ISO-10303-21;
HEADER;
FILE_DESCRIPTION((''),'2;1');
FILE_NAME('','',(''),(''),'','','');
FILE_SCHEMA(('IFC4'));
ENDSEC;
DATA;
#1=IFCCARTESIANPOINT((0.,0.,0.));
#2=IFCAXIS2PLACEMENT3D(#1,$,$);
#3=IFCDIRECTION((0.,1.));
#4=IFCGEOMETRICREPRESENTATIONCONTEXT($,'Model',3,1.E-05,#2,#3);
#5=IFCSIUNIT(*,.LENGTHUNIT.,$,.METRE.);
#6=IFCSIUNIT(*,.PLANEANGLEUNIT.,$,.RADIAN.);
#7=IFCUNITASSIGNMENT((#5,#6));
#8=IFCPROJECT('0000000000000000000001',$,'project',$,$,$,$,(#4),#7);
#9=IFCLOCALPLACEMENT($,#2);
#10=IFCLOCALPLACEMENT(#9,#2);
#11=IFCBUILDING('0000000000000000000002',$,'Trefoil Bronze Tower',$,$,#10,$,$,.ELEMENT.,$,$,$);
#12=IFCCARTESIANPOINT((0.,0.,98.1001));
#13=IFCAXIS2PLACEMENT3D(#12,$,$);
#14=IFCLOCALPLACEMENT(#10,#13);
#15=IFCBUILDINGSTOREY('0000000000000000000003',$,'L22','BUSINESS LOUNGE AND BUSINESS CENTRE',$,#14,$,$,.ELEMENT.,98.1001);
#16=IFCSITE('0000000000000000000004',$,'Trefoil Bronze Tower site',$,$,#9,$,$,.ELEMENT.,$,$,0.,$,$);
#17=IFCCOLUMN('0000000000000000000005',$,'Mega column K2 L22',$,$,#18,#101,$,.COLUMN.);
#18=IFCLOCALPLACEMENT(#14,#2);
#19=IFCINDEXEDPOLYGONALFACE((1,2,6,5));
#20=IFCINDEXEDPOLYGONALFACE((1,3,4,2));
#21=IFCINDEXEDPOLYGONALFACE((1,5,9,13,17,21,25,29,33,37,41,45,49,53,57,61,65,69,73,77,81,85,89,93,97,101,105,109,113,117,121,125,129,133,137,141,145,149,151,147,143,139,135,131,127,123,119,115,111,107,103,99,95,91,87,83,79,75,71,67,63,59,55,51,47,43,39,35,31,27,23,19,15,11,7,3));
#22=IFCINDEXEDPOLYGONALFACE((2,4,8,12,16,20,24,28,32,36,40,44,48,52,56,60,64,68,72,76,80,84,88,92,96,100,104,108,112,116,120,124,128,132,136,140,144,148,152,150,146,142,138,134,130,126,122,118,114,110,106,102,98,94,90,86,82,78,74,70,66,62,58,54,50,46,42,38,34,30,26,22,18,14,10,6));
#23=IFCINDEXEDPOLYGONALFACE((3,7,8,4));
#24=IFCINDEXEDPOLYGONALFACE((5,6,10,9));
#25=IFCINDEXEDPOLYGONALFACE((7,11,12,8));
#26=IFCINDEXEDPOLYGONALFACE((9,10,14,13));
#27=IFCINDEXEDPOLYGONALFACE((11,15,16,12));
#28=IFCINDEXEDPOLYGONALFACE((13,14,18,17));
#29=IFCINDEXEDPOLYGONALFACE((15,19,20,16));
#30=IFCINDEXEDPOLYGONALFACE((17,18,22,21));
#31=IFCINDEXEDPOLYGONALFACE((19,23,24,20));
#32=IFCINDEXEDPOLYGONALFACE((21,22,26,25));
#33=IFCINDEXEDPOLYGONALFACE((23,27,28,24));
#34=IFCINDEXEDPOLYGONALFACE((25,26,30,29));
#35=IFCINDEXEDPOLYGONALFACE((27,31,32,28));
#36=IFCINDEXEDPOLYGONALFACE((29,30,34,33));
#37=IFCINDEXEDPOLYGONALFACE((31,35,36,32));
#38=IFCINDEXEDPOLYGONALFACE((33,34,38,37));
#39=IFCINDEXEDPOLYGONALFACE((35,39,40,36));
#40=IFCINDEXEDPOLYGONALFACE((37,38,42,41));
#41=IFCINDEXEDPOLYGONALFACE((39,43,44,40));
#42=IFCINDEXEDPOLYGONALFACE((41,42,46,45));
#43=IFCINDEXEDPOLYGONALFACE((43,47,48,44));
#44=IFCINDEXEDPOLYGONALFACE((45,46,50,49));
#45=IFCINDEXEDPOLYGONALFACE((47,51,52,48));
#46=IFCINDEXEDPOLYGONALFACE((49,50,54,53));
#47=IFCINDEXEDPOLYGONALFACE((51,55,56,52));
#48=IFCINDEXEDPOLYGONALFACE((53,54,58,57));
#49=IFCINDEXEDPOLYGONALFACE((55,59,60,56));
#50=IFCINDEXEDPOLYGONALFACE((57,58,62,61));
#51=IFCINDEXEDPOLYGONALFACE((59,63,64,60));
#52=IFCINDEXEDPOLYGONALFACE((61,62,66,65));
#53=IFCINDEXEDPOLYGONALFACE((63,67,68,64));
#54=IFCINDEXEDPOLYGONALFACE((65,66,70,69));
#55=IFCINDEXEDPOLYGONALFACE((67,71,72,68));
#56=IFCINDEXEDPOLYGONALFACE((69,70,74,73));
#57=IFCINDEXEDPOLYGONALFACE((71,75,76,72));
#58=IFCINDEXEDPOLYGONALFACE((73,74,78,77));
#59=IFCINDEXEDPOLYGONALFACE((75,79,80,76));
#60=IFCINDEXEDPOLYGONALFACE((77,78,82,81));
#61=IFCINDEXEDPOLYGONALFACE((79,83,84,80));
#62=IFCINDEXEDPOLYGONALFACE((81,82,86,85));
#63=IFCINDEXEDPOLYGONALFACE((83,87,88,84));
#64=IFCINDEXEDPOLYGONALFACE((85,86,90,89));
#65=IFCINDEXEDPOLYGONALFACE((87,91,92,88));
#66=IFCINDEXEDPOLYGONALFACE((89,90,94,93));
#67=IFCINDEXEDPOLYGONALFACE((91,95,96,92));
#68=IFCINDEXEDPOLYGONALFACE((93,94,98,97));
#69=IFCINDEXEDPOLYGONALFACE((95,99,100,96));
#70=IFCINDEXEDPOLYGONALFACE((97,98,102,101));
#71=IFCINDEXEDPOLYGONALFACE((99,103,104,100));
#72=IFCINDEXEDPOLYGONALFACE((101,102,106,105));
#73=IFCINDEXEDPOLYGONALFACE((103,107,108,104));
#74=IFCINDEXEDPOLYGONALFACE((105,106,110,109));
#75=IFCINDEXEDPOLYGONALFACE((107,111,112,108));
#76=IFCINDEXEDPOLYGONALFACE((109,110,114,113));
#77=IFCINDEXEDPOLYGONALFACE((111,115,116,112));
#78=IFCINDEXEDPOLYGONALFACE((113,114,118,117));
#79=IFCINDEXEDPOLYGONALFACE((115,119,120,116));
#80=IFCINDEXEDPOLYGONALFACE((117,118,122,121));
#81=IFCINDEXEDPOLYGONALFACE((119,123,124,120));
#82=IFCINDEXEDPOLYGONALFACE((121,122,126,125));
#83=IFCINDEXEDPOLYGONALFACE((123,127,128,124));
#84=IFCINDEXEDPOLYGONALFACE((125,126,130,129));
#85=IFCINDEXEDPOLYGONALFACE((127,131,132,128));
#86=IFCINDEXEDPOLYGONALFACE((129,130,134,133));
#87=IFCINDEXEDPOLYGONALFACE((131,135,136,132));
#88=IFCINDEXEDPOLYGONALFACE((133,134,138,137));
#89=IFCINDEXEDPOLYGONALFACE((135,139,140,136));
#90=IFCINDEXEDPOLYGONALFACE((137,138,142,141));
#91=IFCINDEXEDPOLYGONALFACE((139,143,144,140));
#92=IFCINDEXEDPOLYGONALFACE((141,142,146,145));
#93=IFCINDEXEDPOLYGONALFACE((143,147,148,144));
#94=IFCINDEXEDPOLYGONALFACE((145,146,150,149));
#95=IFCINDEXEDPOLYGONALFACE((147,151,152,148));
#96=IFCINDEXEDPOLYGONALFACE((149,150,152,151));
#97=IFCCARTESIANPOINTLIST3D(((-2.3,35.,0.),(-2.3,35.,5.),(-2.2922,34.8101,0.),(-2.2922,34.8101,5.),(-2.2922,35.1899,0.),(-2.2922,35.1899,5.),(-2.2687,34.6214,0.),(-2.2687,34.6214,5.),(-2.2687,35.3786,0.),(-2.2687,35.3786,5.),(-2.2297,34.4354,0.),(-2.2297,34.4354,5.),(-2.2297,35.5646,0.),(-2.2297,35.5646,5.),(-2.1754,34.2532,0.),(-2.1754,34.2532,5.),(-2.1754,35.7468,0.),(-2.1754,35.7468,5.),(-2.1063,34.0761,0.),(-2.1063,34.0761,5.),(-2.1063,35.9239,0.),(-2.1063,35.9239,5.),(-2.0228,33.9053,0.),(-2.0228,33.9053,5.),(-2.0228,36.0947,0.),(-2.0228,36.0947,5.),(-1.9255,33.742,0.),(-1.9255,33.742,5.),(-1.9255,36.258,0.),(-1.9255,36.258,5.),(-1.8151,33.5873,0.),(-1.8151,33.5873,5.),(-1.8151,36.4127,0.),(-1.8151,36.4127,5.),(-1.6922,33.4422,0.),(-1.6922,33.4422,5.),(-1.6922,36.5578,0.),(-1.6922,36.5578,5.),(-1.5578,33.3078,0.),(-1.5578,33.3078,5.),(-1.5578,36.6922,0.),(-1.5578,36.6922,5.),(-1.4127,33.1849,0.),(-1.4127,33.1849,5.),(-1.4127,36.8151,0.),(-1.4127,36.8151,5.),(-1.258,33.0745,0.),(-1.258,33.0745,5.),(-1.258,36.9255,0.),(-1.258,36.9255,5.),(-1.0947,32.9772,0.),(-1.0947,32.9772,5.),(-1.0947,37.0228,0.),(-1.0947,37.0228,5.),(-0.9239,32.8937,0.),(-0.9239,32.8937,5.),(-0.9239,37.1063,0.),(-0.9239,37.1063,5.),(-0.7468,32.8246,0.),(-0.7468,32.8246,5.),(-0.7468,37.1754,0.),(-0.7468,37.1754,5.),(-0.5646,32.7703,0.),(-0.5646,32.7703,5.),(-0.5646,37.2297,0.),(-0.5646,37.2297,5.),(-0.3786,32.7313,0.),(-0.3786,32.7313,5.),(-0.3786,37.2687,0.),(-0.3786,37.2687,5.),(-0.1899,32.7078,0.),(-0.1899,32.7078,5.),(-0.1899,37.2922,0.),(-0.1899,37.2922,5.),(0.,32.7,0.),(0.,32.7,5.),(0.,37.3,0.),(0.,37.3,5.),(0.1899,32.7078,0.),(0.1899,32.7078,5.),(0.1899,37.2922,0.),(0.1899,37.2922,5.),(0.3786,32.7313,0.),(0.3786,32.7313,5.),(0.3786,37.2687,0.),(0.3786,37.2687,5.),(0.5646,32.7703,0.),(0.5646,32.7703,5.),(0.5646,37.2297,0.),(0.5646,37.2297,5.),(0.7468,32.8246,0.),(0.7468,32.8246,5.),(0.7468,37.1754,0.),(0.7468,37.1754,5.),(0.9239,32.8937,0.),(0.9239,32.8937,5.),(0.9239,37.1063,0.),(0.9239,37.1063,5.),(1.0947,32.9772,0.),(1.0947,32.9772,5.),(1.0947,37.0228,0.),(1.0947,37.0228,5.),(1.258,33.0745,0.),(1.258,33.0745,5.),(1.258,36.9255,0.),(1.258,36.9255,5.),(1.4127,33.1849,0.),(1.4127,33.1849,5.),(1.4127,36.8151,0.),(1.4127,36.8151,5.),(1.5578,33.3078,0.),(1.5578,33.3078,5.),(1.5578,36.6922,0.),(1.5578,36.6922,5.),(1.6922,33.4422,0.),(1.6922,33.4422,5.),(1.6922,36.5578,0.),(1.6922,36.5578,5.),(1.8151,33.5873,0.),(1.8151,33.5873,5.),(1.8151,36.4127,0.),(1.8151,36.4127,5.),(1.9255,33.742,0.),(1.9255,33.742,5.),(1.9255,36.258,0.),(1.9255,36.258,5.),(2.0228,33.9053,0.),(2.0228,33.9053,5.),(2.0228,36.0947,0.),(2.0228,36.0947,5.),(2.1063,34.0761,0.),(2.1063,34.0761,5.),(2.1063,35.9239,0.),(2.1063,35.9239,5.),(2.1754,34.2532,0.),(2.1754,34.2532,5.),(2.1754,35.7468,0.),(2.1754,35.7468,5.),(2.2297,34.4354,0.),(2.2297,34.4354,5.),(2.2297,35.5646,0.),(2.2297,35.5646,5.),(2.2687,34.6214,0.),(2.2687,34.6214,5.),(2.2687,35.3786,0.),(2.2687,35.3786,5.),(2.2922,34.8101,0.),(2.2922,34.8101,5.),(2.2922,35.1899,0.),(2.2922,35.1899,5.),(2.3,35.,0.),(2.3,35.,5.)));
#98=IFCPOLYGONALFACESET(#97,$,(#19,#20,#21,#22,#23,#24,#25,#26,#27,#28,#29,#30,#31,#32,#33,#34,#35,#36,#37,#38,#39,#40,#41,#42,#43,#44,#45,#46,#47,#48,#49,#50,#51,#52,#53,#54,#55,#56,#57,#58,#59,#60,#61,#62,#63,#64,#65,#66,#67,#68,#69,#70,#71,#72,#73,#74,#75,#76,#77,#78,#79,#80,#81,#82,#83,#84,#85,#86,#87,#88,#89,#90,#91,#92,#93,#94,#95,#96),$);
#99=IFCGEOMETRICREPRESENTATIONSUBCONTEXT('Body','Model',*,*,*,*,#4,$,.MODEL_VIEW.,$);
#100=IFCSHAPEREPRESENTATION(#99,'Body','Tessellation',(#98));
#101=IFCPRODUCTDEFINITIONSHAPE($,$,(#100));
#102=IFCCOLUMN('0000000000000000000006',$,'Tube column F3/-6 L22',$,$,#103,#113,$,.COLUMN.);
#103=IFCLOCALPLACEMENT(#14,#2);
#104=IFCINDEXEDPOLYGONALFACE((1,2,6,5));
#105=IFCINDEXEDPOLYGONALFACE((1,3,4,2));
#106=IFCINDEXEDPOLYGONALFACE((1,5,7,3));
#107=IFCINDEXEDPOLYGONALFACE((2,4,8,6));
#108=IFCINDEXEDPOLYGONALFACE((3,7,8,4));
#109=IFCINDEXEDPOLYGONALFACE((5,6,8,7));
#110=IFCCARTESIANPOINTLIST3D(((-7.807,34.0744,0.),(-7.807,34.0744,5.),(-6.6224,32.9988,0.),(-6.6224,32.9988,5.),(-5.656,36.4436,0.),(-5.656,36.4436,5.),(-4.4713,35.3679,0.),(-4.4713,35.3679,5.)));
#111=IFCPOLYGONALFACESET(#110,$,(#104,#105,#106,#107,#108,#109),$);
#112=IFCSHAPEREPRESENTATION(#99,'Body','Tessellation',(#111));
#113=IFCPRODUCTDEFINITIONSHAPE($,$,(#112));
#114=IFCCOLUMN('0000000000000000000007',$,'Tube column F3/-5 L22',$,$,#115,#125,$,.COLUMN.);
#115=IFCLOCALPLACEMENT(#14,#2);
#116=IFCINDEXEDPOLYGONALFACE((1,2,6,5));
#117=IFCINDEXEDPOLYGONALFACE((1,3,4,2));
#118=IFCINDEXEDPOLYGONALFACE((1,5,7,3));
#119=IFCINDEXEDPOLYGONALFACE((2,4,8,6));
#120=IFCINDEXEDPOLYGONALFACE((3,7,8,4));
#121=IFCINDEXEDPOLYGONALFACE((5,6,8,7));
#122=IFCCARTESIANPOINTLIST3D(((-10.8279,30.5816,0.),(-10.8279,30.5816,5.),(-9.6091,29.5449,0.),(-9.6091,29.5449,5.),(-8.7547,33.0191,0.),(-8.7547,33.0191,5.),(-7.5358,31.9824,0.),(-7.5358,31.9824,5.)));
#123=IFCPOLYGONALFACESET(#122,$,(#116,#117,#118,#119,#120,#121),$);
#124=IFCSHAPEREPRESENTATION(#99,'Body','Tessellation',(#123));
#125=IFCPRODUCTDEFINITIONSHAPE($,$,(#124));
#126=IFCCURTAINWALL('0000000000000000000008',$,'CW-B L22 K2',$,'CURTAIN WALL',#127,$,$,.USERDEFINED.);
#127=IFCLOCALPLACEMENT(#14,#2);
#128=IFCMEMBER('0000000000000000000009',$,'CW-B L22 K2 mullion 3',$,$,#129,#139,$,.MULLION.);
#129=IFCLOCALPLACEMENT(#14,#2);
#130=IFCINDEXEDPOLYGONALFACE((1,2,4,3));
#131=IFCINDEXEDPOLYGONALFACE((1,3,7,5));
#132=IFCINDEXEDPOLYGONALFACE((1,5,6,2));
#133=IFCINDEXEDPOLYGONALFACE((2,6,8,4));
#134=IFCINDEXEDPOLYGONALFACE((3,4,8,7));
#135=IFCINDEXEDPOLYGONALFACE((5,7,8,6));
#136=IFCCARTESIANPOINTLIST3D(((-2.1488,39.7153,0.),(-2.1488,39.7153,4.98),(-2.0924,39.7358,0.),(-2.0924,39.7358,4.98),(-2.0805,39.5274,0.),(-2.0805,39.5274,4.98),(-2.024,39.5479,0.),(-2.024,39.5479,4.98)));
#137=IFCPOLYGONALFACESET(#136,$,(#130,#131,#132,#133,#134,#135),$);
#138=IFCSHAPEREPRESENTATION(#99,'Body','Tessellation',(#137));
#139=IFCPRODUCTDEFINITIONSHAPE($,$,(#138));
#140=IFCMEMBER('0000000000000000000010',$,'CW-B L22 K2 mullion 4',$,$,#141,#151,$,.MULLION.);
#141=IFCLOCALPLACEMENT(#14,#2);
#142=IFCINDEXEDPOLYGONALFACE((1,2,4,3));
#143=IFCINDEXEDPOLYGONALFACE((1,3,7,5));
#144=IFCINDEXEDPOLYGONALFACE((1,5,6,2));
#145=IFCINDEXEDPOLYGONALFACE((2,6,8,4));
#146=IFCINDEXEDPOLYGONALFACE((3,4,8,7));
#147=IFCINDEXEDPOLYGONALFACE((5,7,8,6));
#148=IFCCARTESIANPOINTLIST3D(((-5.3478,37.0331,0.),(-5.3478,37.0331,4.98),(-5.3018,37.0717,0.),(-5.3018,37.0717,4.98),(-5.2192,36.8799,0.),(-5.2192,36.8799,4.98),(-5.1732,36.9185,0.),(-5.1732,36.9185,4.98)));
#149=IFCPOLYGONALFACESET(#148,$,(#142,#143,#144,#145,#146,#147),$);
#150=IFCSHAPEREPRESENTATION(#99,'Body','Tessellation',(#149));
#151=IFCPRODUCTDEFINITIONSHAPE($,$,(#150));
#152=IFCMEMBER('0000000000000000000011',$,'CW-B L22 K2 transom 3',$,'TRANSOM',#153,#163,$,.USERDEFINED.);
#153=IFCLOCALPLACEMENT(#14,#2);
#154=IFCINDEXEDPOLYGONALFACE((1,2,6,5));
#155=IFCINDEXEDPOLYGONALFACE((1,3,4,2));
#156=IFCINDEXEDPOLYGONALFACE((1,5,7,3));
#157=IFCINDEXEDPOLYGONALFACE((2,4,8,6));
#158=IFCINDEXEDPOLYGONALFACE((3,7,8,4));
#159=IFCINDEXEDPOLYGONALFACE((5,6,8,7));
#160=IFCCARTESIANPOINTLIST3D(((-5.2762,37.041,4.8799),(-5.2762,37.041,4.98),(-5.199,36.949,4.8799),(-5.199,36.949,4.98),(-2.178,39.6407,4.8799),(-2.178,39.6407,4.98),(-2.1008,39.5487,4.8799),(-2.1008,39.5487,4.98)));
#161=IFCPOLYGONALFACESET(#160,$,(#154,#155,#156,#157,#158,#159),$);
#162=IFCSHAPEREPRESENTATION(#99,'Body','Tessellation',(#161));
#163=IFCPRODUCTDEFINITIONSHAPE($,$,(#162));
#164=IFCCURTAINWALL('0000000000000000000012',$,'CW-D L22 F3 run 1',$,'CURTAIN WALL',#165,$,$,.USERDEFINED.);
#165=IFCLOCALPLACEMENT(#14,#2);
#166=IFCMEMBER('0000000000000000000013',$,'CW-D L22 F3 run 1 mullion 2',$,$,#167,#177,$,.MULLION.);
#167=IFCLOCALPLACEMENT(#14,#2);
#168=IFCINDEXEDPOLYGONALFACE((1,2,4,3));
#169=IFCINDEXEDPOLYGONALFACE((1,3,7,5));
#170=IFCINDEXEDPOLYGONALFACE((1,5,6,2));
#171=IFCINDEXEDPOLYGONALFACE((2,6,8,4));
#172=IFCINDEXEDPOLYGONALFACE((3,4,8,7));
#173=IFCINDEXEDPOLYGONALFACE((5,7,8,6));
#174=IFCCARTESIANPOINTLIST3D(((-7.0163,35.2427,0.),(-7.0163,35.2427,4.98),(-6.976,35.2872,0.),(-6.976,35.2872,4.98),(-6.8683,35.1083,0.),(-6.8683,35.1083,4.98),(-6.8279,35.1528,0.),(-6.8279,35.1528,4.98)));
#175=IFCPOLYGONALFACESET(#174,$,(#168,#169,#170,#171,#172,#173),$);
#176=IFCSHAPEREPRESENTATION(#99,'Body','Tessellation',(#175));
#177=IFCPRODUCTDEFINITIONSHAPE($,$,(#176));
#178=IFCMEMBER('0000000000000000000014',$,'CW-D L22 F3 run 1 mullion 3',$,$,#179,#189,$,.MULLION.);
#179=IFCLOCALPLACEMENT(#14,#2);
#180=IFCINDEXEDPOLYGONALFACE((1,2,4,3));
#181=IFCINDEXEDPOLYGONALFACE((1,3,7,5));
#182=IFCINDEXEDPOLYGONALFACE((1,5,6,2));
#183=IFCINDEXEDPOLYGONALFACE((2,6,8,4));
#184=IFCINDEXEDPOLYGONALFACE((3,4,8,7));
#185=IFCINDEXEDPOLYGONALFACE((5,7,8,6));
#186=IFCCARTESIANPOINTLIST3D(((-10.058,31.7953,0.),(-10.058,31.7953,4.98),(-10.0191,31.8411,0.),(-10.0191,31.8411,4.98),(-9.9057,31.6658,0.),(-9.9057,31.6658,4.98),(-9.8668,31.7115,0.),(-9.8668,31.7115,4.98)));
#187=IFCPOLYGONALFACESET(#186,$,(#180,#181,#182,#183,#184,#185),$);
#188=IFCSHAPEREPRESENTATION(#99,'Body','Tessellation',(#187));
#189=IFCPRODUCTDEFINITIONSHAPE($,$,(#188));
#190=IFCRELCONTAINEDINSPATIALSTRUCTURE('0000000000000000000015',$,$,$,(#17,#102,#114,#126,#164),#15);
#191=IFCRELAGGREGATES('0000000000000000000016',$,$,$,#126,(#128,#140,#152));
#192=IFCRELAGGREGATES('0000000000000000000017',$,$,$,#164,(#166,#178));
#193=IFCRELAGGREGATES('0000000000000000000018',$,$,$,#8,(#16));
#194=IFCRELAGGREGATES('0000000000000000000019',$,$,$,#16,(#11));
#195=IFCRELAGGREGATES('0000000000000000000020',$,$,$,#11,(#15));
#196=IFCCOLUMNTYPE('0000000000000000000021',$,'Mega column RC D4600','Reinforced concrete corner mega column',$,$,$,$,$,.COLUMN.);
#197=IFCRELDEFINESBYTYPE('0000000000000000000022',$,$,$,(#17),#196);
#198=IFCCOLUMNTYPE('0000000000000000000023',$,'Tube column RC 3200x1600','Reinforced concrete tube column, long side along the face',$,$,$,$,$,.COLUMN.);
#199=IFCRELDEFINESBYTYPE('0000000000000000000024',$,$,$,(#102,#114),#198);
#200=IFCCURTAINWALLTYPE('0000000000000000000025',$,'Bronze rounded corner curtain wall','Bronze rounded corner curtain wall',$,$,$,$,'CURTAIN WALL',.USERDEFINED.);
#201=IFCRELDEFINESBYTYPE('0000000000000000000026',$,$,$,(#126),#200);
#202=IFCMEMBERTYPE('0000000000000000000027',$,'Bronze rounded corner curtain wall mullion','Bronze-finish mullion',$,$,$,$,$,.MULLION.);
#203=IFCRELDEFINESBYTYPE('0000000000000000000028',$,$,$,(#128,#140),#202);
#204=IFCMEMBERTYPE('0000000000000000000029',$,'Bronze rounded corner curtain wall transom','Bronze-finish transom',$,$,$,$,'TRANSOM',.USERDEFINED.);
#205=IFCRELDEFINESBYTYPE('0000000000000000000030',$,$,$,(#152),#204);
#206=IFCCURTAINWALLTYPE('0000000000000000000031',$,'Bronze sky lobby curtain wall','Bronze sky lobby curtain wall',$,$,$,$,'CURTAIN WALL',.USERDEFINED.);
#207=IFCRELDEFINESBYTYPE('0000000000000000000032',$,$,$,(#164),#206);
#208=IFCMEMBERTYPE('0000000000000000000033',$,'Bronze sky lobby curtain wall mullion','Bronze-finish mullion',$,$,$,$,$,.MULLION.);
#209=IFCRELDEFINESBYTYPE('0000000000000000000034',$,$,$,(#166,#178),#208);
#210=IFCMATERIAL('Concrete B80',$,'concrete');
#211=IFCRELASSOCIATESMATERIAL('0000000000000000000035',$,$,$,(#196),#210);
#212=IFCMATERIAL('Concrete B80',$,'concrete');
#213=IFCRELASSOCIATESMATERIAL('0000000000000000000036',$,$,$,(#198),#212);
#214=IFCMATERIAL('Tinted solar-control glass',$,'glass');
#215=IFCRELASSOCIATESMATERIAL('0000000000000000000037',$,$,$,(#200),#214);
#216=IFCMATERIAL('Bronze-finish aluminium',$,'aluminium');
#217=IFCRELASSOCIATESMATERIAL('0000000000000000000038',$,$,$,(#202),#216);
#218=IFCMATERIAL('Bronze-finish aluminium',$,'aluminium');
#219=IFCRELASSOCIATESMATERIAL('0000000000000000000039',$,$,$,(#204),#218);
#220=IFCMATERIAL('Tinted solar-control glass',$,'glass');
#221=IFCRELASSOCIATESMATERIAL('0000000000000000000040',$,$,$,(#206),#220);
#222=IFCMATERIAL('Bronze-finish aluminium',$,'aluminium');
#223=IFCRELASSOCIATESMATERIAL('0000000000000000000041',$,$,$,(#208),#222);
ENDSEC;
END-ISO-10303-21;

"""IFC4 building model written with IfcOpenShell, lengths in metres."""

from ifc_helpers import new_model, si_unit, direction, frame, origin, origin_2d, place, context, subcontext, project, spatial, rectangle, circle, extrude, material, material_profile, profile_set, type_object, element, aggregate, save


model = new_model("IFC4")

# Units and contexts
model_context = context("Model", 3, precision=1e-05, world=origin(), true_north=direction((0.0, 1.0)))
body_context = subcontext(model_context, "Body", "Model", "MODEL_VIEW")
ifc_project = project(units=[si_unit("LENGTHUNIT", "METRE"), si_unit("PLANEANGLEUNIT", "RADIAN")], contexts=[model_context])

# Site, building, storey
site_placement = place(None, origin())
site = spatial("IfcSite", under=ifc_project, at=site_placement, Name="Trefoil Bronze Tower site", CompositionType="ELEMENT", RefElevation=0.0)
building_placement = place(site_placement, origin())
building = spatial("IfcBuilding", under=site, at=building_placement, Name="Trefoil Bronze Tower", CompositionType="ELEMENT")
storey_placement = place(building_placement, frame((0.0, 0.0, 98.1001)))
storey = spatial("IfcBuildingStorey", under=building, at=storey_placement, Name="L22", Description="BUSINESS LOUNGE AND BUSINESS CENTRE", CompositionType="ELEMENT", Elevation=98.1001)

# Columns
ifc_material_1 = material(Name="Concrete B80", Category="concrete")
ifc_material_profile_1 = material_profile(ifc_material_1, circle(Radius=2.3, at=origin_2d()), Name="RC D4600")
ifc_profile_set_1 = profile_set([ifc_material_profile_1], Name="Concrete B80")
column_type_1 = type_object("IfcColumnType", Name="Mega column RC D4600", Description="Reinforced concrete corner mega column", PredefinedType="COLUMN", material=ifc_profile_set_1)
column_placement = place(storey_placement, frame((0.0, 35.0, 0.0), z_axis=(0.0, 0.0, 1.0), x_axis=(1.0, 0.0, 0.0)))
element("IfcColumn", 1, at=column_placement, inside=storey, type_object=column_type_1, Name="Mega column K2 L22", PredefinedType="COLUMN", context=body_context, shape_type="SweptSolid", body=[
    extrude(circle(Radius=2.3, at=origin_2d()), origin(), (0.0, 0.0, 1.0), 5.0),
])
ifc_material_2 = material(Name="Concrete B80", Category="concrete")
ifc_material_profile_2 = material_profile(ifc_material_2, rectangle(XDim=3.2, YDim=1.6001, at=origin_2d()), Name="RC 3200x1600")
ifc_profile_set_2 = profile_set([ifc_material_profile_2], Name="Concrete B80")
column_type_2 = type_object("IfcColumnType", Name="Tube column RC 3200x1600", Description="Reinforced concrete tube column, long side along the face", PredefinedType="COLUMN", material=ifc_profile_set_2)
for number, where, z_axis, x_axis, name in (
    (2, (-6.1392, 34.7212, 0.0), (0.0, 0.0, 1.0), (-0.67221, -0.740361, 0.0), "Tube column F3/-6 L22"),
    (3, (-9.1819, 31.282, 0.0), (0.0, 0.0, 1.0), (-0.647904, -0.761722, 0.0), "Tube column F3/-5 L22"),
):
    element("IfcColumn", number, at=place(storey_placement, frame(where, z_axis=z_axis, x_axis=x_axis)), inside=storey, type_object=column_type_2, Name=name, PredefinedType="COLUMN", context=body_context, shape_type="SweptSolid", body=[
        extrude(rectangle(XDim=3.2, YDim=1.6001, at=origin_2d()), origin(), (0.0, 0.0, 1.0), 5.0),
    ])

# Curtain walls, members
ifc_material_3 = material(Name="Tinted solar-control glass", Category="glass")
curtain_wall_type_1 = type_object("IfcCurtainWallType", Name="Bronze rounded corner curtain wall", Description="Bronze rounded corner curtain wall", ElementType="CURTAIN WALL", PredefinedType="USERDEFINED", material=ifc_material_3)
curtain_wall_1_placement = place(storey_placement, origin())
curtain_wall_1 = element("IfcCurtainWall", 4, at=curtain_wall_1_placement, inside=storey, type_object=curtain_wall_type_1, Name="CW-B L22 K2", ObjectType="CURTAIN WALL", PredefinedType="USERDEFINED")
ifc_material_4 = material(Name="Bronze-finish aluminium", Category="aluminium")
ifc_material_profile_3 = material_profile(ifc_material_4, rectangle(XDim=0.2, YDim=0.0601, at=origin_2d()), Name="CW-B mullion")
ifc_profile_set_3 = profile_set([ifc_material_profile_3], Name="Bronze-finish aluminium")
member_type_1 = type_object("IfcMemberType", Name="Bronze rounded corner curtain wall mullion", Description="Bronze-finish mullion", PredefinedType="MULLION", material=ifc_profile_set_3)
member_1_placement = place(storey_placement, frame((-2.0864, 39.6316, 0.0), z_axis=(0.0, 0.0, 1.0), x_axis=(0.34202, -0.939693, 0.0)))
member_1 = element("IfcMember", 5, at=member_1_placement, type_object=member_type_1, Name="CW-B L22 K2 mullion 3", PredefinedType="MULLION", context=body_context, shape_type="SweptSolid", body=[
    extrude(rectangle(XDim=0.2, YDim=0.0601, at=origin_2d()), origin(), (0.0, 0.0, 1.0), 4.98),
])
member_2_placement = place(storey_placement, frame((-5.2605, 36.9758, 0.0), z_axis=(0.0, 0.0, 1.0), x_axis=(0.642788, -0.766044, 0.0)))
member_2 = element("IfcMember", 6, at=member_2_placement, type_object=member_type_1, Name="CW-B L22 K2 mullion 4", PredefinedType="MULLION", context=body_context, shape_type="SweptSolid", body=[
    extrude(rectangle(XDim=0.2, YDim=0.0601, at=origin_2d()), origin(), (0.0, 0.0, 1.0), 4.98),
])
ifc_material_5 = material(Name="Bronze-finish aluminium", Category="aluminium")
ifc_material_profile_4 = material_profile(ifc_material_5, rectangle(XDim=0.1201, YDim=0.1001, at=origin_2d()), Name="CW-B transom")
ifc_profile_set_4 = profile_set([ifc_material_profile_4], Name="Bronze-finish aluminium")
member_type_2 = type_object("IfcMemberType", Name="Bronze rounded corner curtain wall transom", Description="Bronze-finish transom", ElementType="TRANSOM", PredefinedType="USERDEFINED", material=ifc_profile_set_4)
member_3_placement = place(storey_placement, frame((-2.1394, 39.5947, 4.9299), z_axis=(-0.76605, -0.642781, 0.0), x_axis=(0.642781, -0.76605, 0.0)))
member_3 = element("IfcMember", 7, at=member_3_placement, type_object=member_type_2, Name="CW-B L22 K2 transom 3", ObjectType="TRANSOM", PredefinedType="USERDEFINED", context=body_context, shape_type="SweptSolid", body=[
    extrude(rectangle(XDim=0.1201, YDim=0.1001, at=origin_2d()), origin(), (0.0, 0.0, 1.0), 4.0444),
])
ifc_material_6 = material(Name="Tinted solar-control glass", Category="glass")
curtain_wall_type_2 = type_object("IfcCurtainWallType", Name="Bronze sky lobby curtain wall", Description="Bronze sky lobby curtain wall", ElementType="CURTAIN WALL", PredefinedType="USERDEFINED", material=ifc_material_6)
curtain_wall_2_placement = place(storey_placement, origin())
curtain_wall_2 = element("IfcCurtainWall", 8, at=curtain_wall_2_placement, inside=storey, type_object=curtain_wall_type_2, Name="CW-D L22 F3 run 1", ObjectType="CURTAIN WALL", PredefinedType="USERDEFINED")
ifc_material_7 = material(Name="Bronze-finish aluminium", Category="aluminium")
ifc_material_profile_5 = material_profile(ifc_material_7, rectangle(XDim=0.2, YDim=0.0601, at=origin_2d()), Name="CW-D mullion")
ifc_profile_set_5 = profile_set([ifc_material_profile_5], Name="Bronze-finish aluminium")
member_type_3 = type_object("IfcMemberType", Name="Bronze sky lobby curtain wall mullion", Description="Bronze-finish mullion", PredefinedType="MULLION", material=ifc_profile_set_5)
member_4_placement = place(storey_placement, frame((-6.9221, 35.1978, 0.0), z_axis=(0.0, 0.0, 1.0), x_axis=(0.740361, -0.67221, 0.0)))
member_4 = element("IfcMember", 9, at=member_4_placement, type_object=member_type_3, Name="CW-D L22 F3 run 1 mullion 2", PredefinedType="MULLION", context=body_context, shape_type="SweptSolid", body=[
    extrude(rectangle(XDim=0.2, YDim=0.0601, at=origin_2d()), origin(), (0.0, 0.0, 1.0), 4.98),
])
member_5_placement = place(storey_placement, frame((-9.9624, 31.7534, 0.0), z_axis=(0.0, 0.0, 1.0), x_axis=(0.761722, -0.647904, 0.0)))
member_5 = element("IfcMember", 10, at=member_5_placement, type_object=member_type_3, Name="CW-D L22 F3 run 1 mullion 3", PredefinedType="MULLION", context=body_context, shape_type="SweptSolid", body=[
    extrude(rectangle(XDim=0.2, YDim=0.0601, at=origin_2d()), origin(), (0.0, 0.0, 1.0), 4.98),
])

aggregate(curtain_wall_1, [member_1, member_2, member_3])
aggregate(curtain_wall_2, [member_4, member_5])

save(model, "model.ifc")
